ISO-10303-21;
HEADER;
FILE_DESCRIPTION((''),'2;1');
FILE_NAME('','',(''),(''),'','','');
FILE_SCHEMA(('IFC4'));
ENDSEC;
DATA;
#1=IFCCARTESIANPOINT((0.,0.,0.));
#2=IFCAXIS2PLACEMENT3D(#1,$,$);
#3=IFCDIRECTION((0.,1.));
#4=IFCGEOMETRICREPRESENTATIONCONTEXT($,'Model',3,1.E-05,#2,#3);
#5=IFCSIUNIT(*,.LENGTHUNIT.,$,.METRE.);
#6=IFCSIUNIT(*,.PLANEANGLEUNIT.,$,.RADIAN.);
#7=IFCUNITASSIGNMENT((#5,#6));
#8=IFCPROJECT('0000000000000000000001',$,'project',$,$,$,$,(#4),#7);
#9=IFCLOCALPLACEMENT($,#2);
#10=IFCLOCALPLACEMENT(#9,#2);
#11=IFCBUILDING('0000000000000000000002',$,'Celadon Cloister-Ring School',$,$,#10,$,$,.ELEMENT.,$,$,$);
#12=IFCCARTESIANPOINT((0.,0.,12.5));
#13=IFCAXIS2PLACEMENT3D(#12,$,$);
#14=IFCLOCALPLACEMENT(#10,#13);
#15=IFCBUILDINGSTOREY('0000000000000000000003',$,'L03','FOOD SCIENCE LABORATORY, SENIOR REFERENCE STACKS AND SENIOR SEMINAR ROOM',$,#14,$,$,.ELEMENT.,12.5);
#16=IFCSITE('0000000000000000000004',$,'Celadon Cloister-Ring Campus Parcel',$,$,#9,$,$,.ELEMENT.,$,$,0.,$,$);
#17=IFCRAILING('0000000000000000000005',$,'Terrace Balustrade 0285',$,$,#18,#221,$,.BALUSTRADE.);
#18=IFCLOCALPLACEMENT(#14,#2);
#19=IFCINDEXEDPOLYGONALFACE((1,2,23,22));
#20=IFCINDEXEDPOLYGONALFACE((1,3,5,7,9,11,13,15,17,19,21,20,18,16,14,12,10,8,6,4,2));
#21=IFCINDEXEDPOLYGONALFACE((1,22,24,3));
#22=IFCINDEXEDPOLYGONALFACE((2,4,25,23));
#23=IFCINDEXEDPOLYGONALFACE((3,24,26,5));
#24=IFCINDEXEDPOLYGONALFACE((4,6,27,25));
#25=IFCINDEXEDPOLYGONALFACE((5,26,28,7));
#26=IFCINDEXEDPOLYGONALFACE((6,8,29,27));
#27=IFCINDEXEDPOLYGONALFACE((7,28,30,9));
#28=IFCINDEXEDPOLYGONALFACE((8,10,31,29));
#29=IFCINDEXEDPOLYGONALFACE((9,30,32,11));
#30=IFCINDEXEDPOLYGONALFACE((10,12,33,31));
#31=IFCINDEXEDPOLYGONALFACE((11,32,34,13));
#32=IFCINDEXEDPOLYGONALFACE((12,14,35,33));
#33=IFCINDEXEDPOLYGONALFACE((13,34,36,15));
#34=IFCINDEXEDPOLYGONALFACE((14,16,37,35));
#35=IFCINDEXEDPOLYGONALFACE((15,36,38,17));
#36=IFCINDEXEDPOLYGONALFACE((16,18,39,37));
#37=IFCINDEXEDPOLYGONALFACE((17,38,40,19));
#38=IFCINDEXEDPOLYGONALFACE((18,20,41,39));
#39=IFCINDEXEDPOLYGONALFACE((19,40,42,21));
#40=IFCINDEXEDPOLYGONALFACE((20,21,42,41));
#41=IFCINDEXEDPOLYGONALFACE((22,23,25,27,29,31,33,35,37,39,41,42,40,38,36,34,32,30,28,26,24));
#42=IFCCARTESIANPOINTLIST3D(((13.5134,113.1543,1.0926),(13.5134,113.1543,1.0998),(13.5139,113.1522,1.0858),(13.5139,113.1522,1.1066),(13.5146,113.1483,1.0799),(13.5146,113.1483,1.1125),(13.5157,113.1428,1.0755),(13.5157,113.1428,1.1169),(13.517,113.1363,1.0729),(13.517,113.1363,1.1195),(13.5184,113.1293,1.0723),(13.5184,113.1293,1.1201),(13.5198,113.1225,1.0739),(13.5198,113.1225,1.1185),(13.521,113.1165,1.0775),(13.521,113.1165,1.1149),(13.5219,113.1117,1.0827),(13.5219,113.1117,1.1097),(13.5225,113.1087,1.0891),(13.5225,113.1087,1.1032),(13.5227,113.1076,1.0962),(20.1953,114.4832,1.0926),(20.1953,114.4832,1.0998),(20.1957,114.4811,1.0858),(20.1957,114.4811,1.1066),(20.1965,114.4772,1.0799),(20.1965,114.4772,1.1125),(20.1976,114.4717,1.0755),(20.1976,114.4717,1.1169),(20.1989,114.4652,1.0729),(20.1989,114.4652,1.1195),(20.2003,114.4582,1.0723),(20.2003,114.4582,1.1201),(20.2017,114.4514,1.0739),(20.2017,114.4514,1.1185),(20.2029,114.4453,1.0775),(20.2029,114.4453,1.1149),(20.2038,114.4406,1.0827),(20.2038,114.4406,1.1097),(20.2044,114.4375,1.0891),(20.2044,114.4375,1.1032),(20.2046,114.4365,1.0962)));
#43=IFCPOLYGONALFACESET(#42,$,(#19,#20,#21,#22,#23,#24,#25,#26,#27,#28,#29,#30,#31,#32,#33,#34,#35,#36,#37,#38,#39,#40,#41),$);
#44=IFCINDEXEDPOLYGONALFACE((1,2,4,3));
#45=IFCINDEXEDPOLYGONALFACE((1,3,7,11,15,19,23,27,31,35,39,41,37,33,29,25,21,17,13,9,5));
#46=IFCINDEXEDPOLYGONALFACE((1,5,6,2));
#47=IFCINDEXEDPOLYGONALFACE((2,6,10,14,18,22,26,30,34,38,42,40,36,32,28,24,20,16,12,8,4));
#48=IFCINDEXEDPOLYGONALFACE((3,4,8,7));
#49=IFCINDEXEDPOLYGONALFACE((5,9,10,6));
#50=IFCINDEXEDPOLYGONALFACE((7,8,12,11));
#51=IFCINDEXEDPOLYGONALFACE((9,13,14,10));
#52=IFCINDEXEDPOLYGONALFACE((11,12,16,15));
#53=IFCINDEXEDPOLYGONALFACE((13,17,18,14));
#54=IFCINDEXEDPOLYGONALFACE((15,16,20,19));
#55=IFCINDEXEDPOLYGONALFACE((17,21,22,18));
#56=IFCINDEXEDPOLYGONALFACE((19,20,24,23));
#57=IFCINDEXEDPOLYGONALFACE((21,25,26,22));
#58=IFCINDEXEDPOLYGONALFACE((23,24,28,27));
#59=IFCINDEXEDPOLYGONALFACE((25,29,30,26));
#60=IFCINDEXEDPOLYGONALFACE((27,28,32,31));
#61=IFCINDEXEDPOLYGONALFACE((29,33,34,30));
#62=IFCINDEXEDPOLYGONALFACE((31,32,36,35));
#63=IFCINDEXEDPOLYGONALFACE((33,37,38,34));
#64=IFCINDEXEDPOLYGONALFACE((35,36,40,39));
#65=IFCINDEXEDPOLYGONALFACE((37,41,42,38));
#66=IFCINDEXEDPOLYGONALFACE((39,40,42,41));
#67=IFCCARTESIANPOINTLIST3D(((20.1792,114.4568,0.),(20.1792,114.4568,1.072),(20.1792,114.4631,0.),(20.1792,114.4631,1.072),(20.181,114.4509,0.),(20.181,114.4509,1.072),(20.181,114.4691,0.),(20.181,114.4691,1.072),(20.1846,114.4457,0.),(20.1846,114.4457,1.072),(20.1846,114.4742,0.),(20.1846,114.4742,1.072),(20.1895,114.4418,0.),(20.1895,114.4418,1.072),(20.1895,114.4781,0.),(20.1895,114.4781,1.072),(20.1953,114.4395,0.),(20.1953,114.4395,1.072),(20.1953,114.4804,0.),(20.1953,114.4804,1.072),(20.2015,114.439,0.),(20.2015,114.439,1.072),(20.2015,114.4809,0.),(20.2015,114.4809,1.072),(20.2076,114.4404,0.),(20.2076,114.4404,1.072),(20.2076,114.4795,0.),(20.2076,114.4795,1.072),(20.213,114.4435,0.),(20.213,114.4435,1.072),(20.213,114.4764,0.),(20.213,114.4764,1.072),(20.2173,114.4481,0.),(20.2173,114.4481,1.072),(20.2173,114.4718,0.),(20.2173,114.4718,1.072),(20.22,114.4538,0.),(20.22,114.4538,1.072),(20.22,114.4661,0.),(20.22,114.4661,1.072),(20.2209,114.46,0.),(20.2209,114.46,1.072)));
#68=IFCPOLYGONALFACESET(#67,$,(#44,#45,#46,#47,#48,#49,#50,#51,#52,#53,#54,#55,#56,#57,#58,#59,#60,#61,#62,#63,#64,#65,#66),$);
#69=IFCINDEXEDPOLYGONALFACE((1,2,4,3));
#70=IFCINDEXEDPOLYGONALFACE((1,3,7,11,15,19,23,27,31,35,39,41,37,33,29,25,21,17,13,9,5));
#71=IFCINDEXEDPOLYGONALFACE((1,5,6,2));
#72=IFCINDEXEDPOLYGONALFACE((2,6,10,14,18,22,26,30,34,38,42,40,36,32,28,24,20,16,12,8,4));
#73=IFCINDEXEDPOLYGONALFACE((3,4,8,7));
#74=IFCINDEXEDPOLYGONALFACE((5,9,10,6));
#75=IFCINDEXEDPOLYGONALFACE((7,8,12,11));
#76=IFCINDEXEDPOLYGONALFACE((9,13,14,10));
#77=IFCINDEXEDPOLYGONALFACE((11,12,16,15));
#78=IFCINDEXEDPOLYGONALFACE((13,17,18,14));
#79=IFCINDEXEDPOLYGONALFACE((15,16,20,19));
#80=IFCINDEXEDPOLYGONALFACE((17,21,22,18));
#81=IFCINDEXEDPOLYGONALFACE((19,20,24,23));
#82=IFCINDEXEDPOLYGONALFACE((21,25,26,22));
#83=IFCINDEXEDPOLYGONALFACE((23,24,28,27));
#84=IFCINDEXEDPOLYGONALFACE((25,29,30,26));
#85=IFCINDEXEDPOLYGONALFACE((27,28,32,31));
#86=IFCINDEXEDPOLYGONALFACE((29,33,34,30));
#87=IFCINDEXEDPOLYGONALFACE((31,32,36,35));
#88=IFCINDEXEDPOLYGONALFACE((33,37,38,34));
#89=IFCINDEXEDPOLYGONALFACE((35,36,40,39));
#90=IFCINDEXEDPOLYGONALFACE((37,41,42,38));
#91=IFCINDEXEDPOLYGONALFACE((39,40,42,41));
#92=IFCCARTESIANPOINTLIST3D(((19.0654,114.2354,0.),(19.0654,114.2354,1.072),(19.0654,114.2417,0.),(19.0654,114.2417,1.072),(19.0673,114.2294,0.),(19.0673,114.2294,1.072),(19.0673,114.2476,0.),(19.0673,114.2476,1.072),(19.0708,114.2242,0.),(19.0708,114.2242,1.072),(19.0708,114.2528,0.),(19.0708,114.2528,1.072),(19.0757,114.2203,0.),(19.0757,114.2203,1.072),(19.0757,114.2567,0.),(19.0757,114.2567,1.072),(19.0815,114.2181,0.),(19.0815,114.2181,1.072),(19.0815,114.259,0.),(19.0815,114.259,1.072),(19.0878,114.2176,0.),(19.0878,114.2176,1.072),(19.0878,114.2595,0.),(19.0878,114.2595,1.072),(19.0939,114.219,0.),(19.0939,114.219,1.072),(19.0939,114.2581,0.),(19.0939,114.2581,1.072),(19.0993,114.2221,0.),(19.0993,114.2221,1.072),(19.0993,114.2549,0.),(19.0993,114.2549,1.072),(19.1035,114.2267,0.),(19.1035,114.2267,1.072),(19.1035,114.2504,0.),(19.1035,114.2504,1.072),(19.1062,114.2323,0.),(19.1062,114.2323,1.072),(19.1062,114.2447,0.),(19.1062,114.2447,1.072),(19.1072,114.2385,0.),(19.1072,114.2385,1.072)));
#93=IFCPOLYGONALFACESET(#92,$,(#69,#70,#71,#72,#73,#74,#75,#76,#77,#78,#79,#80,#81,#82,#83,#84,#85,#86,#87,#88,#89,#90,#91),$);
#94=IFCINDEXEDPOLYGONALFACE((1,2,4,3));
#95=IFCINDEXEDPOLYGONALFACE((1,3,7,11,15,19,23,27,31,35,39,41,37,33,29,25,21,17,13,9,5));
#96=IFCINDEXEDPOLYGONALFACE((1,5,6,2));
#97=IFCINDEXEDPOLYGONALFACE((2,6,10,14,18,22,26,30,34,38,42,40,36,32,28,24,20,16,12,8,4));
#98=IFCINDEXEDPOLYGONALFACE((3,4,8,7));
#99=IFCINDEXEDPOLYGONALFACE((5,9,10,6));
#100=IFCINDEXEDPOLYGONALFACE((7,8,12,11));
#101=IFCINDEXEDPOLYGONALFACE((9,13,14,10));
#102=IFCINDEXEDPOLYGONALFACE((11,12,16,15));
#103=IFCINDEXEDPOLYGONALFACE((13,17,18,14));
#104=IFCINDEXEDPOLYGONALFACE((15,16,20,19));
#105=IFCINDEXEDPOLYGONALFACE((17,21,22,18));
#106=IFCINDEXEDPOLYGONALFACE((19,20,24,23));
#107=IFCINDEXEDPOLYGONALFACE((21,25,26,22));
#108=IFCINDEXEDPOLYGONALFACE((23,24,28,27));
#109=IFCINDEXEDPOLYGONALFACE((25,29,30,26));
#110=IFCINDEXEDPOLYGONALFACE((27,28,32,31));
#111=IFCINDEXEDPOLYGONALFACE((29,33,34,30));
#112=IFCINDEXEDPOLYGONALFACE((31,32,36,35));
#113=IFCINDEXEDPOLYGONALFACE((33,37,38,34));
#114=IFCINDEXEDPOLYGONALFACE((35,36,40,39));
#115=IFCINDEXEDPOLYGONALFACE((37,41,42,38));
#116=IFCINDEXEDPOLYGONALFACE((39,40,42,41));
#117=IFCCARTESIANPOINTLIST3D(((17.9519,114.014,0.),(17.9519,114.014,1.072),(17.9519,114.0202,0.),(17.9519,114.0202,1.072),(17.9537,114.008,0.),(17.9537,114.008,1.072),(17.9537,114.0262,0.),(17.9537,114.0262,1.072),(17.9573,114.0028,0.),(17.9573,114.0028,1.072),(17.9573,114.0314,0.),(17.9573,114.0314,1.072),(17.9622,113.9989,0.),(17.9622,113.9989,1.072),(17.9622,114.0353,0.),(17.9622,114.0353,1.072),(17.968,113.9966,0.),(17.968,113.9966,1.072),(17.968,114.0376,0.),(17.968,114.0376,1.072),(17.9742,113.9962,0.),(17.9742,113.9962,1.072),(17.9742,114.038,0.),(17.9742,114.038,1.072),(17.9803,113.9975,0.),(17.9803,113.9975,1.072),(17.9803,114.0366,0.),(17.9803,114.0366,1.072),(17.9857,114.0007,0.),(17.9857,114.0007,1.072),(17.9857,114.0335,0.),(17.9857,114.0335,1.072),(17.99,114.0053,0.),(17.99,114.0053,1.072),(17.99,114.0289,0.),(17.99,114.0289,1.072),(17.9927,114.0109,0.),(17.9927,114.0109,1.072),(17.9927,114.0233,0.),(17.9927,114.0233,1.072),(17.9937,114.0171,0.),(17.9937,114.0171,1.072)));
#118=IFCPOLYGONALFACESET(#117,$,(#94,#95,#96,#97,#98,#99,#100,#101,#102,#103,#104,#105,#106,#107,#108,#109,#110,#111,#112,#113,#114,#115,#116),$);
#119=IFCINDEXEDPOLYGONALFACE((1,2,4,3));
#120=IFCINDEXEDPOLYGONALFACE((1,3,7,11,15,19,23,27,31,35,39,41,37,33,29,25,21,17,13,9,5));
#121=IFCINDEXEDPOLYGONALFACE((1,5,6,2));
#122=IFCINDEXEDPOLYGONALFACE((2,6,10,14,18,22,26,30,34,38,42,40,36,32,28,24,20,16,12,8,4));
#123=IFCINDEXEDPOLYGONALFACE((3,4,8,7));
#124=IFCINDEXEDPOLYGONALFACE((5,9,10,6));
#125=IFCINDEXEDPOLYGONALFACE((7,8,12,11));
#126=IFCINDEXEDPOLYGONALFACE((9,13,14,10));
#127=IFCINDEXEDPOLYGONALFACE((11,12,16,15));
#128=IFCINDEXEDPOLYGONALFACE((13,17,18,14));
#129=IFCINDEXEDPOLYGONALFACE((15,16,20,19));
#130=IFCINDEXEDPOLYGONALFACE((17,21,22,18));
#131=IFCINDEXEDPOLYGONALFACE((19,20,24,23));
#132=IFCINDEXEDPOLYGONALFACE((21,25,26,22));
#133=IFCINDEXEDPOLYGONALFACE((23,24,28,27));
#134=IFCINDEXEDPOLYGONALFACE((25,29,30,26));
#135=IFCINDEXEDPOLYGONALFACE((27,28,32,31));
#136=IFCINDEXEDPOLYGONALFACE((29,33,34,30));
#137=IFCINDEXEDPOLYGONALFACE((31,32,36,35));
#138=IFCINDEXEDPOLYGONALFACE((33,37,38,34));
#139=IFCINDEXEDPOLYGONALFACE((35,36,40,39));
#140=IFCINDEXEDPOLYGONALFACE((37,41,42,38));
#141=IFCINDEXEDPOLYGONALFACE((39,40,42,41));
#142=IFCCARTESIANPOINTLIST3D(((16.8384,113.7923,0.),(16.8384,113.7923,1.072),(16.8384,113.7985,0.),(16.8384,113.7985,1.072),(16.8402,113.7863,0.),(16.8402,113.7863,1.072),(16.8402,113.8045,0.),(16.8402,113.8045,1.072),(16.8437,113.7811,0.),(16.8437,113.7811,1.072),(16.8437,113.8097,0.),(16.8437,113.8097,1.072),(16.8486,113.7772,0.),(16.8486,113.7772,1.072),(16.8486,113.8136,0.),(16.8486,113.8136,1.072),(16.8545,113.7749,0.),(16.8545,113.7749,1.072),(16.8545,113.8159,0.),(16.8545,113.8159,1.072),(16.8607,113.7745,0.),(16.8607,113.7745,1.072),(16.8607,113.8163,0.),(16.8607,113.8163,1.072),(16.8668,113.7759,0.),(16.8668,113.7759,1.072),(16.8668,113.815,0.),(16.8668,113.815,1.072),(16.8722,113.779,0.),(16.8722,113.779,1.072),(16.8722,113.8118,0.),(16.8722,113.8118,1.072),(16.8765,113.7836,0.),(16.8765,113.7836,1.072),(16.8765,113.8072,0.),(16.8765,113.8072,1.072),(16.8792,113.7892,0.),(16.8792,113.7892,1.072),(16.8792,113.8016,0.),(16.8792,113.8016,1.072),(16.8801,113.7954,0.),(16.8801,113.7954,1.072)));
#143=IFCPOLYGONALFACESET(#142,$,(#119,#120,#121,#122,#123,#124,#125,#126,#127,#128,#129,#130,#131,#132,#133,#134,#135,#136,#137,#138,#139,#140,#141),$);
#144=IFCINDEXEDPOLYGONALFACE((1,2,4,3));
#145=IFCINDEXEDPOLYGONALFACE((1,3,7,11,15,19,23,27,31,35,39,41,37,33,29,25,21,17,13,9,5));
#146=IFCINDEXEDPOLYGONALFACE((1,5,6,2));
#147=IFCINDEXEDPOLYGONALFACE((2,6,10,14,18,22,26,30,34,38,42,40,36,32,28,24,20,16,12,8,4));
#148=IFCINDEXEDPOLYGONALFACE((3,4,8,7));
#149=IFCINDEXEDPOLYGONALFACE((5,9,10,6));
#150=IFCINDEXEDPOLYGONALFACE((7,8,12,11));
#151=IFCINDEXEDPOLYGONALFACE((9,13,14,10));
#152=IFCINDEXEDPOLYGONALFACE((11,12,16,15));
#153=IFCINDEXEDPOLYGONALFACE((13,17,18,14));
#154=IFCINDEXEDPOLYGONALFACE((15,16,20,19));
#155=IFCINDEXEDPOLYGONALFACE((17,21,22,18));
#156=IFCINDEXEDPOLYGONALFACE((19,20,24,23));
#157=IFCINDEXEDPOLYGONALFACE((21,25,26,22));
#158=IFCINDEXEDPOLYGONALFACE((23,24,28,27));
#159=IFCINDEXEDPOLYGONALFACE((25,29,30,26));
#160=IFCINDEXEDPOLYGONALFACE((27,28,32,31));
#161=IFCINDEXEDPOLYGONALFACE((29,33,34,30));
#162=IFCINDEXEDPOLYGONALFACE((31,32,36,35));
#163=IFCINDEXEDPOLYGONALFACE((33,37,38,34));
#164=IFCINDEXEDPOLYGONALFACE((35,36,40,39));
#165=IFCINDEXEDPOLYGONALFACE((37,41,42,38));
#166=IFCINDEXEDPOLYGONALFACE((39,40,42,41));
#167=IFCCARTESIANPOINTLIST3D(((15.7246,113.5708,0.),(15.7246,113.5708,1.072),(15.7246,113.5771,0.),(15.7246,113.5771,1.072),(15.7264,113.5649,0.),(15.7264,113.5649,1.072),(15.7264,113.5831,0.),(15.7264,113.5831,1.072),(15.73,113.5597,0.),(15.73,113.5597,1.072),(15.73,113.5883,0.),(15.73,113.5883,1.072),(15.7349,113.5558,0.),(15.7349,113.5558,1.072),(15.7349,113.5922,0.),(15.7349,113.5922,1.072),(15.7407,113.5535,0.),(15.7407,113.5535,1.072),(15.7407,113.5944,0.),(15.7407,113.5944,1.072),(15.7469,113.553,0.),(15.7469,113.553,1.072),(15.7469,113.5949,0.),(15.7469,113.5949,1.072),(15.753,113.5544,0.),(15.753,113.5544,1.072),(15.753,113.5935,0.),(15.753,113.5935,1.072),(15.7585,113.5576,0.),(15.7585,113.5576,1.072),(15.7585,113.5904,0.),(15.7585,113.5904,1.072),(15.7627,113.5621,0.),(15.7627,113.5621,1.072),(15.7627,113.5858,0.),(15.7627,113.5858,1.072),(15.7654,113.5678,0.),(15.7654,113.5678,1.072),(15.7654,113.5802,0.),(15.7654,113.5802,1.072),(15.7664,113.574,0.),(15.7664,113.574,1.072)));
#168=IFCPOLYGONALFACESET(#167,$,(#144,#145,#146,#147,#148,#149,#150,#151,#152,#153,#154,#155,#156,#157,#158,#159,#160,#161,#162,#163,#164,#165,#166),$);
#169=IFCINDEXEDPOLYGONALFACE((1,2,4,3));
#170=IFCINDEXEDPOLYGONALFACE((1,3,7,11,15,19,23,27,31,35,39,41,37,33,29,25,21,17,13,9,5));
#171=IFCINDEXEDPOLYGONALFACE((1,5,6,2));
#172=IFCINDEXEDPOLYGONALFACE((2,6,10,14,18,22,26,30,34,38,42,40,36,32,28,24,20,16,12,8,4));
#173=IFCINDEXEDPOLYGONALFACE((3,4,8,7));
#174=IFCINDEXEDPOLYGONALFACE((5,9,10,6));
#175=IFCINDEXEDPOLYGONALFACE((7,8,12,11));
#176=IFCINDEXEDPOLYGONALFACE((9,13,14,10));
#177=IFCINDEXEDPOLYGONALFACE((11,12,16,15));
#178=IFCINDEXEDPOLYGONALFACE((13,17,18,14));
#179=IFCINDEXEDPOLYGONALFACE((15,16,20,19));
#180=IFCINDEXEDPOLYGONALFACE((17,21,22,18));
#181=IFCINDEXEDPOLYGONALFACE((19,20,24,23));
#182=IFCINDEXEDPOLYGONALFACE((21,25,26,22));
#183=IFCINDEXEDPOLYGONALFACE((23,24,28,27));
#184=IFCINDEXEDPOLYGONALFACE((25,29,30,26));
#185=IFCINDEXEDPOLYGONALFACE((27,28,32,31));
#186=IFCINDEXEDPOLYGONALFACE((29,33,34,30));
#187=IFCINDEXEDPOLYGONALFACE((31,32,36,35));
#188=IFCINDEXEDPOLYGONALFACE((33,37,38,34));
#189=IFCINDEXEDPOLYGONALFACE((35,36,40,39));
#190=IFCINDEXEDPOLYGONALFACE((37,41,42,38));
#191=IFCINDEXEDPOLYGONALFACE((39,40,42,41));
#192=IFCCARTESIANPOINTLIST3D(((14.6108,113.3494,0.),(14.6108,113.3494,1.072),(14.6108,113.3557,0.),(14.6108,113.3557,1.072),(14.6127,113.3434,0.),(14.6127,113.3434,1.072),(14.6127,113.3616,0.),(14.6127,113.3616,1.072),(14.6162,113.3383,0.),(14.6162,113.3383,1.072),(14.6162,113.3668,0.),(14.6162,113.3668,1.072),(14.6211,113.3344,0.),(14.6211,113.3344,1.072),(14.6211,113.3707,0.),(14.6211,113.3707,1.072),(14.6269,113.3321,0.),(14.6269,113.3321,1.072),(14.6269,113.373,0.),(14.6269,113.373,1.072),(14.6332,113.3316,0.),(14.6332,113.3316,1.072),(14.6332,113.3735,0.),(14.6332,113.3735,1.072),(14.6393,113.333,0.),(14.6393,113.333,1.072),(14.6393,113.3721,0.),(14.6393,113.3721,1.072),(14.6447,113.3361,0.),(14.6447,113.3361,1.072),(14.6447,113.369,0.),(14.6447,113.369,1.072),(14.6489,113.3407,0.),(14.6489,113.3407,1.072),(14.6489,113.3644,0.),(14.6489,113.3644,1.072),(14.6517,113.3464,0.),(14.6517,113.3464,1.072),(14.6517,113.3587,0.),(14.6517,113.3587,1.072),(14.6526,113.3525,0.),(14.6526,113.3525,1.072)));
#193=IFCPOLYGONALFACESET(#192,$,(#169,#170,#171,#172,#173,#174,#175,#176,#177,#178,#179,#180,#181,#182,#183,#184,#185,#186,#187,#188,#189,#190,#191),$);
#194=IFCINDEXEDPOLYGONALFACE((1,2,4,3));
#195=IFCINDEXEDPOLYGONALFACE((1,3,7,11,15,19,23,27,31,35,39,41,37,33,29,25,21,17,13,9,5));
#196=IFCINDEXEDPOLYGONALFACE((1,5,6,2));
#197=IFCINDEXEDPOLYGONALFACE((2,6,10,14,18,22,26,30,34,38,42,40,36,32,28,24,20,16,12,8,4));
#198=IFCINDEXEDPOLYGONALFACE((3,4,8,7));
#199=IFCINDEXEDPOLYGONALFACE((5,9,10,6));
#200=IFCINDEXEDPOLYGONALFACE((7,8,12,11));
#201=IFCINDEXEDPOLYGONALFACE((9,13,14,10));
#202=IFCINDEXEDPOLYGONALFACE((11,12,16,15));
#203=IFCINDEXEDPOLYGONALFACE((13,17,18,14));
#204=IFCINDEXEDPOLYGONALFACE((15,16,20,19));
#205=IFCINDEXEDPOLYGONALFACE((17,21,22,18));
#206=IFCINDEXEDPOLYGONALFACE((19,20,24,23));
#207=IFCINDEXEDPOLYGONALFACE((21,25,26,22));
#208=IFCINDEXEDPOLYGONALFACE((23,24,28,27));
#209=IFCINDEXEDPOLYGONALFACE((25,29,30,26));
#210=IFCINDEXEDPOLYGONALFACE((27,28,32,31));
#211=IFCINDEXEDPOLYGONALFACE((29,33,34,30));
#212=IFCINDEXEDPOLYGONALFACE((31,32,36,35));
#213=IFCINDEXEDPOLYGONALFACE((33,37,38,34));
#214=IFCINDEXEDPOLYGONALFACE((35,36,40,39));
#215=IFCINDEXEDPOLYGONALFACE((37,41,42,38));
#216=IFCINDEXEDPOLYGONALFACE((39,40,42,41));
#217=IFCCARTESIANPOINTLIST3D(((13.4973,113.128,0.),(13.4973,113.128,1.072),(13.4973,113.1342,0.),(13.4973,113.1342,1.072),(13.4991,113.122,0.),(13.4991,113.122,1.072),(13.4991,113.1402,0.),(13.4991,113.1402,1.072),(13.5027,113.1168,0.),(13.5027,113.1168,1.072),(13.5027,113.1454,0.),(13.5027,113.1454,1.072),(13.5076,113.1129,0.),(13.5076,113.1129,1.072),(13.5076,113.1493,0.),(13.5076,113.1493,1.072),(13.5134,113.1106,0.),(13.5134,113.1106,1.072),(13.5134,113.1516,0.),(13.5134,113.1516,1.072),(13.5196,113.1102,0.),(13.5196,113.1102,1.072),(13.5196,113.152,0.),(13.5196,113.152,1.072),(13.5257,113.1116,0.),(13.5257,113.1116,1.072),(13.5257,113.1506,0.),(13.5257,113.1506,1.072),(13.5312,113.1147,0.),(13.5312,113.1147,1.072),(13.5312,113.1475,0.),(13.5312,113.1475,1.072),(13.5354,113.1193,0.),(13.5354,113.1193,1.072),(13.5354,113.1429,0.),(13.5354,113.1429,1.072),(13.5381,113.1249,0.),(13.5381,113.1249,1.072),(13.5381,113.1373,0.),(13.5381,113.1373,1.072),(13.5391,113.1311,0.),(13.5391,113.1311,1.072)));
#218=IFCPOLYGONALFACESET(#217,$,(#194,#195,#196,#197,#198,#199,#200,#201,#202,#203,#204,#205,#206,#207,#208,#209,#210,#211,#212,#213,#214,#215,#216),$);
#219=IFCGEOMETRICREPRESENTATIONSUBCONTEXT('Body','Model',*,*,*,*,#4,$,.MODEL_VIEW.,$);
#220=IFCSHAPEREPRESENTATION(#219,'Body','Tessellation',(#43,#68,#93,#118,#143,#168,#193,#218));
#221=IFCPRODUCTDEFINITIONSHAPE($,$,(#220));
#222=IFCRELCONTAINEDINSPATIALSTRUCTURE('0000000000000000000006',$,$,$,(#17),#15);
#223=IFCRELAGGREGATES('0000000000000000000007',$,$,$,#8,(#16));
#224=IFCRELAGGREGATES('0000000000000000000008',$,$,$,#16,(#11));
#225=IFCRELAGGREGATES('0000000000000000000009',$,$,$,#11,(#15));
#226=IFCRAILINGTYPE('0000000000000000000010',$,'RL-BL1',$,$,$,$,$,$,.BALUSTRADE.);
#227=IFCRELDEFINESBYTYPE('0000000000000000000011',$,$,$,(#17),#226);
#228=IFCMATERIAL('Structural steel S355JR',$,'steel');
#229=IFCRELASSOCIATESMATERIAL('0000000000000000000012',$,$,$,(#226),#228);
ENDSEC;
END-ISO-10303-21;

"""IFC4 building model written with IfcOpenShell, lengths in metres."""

from ifc_helpers import new_model, si_unit, direction, frame, origin, origin_2d, place, context, subcontext, project, spatial, circle, extrude, material, type_object, element, save


model = new_model("IFC4")

# Units and contexts
model_context = context("Model", 3, precision=1e-05, world=origin(), true_north=direction((0.0, 1.0)))
body_context = subcontext(model_context, "Body", "Model", "MODEL_VIEW")
ifc_project = project(units=[si_unit("LENGTHUNIT", "METRE"), si_unit("PLANEANGLEUNIT", "RADIAN")], contexts=[model_context])

# Site, building, storey
site_placement = place(None, origin())
site = spatial("IfcSite", under=ifc_project, at=site_placement, Name="Celadon Cloister-Ring Campus Parcel", CompositionType="ELEMENT", RefElevation=0.0)
building_placement = place(site_placement, origin())
building = spatial("IfcBuilding", under=site, at=building_placement, Name="Celadon Cloister-Ring School", CompositionType="ELEMENT")
storey_placement = place(building_placement, frame((0.0, 0.0, 12.5)))
storey = spatial("IfcBuildingStorey", under=building, at=storey_placement, Name="L03", Description="FOOD SCIENCE LABORATORY, SENIOR REFERENCE STACKS AND SENIOR SEMINAR ROOM", CompositionType="ELEMENT", Elevation=12.5)

# Railing
ifc_material_1 = material(Name="Structural steel S355JR", Category="steel")
railing_type = type_object("IfcRailingType", Name="RL-BL1", PredefinedType="BALUSTRADE", material=ifc_material_1)
railing_1_placement = place(storey_placement, frame((20.2, 114.46, 0.0)))
element("IfcRailing", 1, at=railing_1_placement, inside=storey, type_object=railing_type, Name="Terrace Balustrade 0285", PredefinedType="BALUSTRADE", context=body_context, shape_type="SweptSolid", body=[
    extrude(circle(Radius=0.0239, at=origin_2d()), frame((0.0, 0.0, 1.0962), z_axis=(-0.980792, -0.195055, 0.0), x_axis=(0.195055, -0.980792, 0.0)), (0.0, 0.0, 1.0), 6.8127),
    extrude(circle(Radius=0.021, at=origin_2d()), origin(), (0.0, 0.0, 1.0), 1.072),
    extrude(circle(Radius=0.021, at=origin_2d()), frame((-1.1138, -0.2214, 0.0)), (0.0, 0.0, 1.0), 1.072),
    extrude(circle(Radius=0.021, at=origin_2d()), frame((-2.2273, -0.4429, 0.0)), (0.0, 0.0, 1.0), 1.072),
    extrude(circle(Radius=0.021, at=origin_2d()), frame((-3.3408, -0.6646, 0.0)), (0.0, 0.0, 1.0), 1.072),
    extrude(circle(Radius=0.021, at=origin_2d()), frame((-4.4546, -0.886, 0.0)), (0.0, 0.0, 1.0), 1.072),
    extrude(circle(Radius=0.021, at=origin_2d()), frame((-5.5684, -1.1074, 0.0)), (0.0, 0.0, 1.0), 1.072),
    extrude(circle(Radius=0.021, at=origin_2d()), frame((-6.6819, -1.3289, 0.0)), (0.0, 0.0, 1.0), 1.072),
])

save(model, "model.ifc")
